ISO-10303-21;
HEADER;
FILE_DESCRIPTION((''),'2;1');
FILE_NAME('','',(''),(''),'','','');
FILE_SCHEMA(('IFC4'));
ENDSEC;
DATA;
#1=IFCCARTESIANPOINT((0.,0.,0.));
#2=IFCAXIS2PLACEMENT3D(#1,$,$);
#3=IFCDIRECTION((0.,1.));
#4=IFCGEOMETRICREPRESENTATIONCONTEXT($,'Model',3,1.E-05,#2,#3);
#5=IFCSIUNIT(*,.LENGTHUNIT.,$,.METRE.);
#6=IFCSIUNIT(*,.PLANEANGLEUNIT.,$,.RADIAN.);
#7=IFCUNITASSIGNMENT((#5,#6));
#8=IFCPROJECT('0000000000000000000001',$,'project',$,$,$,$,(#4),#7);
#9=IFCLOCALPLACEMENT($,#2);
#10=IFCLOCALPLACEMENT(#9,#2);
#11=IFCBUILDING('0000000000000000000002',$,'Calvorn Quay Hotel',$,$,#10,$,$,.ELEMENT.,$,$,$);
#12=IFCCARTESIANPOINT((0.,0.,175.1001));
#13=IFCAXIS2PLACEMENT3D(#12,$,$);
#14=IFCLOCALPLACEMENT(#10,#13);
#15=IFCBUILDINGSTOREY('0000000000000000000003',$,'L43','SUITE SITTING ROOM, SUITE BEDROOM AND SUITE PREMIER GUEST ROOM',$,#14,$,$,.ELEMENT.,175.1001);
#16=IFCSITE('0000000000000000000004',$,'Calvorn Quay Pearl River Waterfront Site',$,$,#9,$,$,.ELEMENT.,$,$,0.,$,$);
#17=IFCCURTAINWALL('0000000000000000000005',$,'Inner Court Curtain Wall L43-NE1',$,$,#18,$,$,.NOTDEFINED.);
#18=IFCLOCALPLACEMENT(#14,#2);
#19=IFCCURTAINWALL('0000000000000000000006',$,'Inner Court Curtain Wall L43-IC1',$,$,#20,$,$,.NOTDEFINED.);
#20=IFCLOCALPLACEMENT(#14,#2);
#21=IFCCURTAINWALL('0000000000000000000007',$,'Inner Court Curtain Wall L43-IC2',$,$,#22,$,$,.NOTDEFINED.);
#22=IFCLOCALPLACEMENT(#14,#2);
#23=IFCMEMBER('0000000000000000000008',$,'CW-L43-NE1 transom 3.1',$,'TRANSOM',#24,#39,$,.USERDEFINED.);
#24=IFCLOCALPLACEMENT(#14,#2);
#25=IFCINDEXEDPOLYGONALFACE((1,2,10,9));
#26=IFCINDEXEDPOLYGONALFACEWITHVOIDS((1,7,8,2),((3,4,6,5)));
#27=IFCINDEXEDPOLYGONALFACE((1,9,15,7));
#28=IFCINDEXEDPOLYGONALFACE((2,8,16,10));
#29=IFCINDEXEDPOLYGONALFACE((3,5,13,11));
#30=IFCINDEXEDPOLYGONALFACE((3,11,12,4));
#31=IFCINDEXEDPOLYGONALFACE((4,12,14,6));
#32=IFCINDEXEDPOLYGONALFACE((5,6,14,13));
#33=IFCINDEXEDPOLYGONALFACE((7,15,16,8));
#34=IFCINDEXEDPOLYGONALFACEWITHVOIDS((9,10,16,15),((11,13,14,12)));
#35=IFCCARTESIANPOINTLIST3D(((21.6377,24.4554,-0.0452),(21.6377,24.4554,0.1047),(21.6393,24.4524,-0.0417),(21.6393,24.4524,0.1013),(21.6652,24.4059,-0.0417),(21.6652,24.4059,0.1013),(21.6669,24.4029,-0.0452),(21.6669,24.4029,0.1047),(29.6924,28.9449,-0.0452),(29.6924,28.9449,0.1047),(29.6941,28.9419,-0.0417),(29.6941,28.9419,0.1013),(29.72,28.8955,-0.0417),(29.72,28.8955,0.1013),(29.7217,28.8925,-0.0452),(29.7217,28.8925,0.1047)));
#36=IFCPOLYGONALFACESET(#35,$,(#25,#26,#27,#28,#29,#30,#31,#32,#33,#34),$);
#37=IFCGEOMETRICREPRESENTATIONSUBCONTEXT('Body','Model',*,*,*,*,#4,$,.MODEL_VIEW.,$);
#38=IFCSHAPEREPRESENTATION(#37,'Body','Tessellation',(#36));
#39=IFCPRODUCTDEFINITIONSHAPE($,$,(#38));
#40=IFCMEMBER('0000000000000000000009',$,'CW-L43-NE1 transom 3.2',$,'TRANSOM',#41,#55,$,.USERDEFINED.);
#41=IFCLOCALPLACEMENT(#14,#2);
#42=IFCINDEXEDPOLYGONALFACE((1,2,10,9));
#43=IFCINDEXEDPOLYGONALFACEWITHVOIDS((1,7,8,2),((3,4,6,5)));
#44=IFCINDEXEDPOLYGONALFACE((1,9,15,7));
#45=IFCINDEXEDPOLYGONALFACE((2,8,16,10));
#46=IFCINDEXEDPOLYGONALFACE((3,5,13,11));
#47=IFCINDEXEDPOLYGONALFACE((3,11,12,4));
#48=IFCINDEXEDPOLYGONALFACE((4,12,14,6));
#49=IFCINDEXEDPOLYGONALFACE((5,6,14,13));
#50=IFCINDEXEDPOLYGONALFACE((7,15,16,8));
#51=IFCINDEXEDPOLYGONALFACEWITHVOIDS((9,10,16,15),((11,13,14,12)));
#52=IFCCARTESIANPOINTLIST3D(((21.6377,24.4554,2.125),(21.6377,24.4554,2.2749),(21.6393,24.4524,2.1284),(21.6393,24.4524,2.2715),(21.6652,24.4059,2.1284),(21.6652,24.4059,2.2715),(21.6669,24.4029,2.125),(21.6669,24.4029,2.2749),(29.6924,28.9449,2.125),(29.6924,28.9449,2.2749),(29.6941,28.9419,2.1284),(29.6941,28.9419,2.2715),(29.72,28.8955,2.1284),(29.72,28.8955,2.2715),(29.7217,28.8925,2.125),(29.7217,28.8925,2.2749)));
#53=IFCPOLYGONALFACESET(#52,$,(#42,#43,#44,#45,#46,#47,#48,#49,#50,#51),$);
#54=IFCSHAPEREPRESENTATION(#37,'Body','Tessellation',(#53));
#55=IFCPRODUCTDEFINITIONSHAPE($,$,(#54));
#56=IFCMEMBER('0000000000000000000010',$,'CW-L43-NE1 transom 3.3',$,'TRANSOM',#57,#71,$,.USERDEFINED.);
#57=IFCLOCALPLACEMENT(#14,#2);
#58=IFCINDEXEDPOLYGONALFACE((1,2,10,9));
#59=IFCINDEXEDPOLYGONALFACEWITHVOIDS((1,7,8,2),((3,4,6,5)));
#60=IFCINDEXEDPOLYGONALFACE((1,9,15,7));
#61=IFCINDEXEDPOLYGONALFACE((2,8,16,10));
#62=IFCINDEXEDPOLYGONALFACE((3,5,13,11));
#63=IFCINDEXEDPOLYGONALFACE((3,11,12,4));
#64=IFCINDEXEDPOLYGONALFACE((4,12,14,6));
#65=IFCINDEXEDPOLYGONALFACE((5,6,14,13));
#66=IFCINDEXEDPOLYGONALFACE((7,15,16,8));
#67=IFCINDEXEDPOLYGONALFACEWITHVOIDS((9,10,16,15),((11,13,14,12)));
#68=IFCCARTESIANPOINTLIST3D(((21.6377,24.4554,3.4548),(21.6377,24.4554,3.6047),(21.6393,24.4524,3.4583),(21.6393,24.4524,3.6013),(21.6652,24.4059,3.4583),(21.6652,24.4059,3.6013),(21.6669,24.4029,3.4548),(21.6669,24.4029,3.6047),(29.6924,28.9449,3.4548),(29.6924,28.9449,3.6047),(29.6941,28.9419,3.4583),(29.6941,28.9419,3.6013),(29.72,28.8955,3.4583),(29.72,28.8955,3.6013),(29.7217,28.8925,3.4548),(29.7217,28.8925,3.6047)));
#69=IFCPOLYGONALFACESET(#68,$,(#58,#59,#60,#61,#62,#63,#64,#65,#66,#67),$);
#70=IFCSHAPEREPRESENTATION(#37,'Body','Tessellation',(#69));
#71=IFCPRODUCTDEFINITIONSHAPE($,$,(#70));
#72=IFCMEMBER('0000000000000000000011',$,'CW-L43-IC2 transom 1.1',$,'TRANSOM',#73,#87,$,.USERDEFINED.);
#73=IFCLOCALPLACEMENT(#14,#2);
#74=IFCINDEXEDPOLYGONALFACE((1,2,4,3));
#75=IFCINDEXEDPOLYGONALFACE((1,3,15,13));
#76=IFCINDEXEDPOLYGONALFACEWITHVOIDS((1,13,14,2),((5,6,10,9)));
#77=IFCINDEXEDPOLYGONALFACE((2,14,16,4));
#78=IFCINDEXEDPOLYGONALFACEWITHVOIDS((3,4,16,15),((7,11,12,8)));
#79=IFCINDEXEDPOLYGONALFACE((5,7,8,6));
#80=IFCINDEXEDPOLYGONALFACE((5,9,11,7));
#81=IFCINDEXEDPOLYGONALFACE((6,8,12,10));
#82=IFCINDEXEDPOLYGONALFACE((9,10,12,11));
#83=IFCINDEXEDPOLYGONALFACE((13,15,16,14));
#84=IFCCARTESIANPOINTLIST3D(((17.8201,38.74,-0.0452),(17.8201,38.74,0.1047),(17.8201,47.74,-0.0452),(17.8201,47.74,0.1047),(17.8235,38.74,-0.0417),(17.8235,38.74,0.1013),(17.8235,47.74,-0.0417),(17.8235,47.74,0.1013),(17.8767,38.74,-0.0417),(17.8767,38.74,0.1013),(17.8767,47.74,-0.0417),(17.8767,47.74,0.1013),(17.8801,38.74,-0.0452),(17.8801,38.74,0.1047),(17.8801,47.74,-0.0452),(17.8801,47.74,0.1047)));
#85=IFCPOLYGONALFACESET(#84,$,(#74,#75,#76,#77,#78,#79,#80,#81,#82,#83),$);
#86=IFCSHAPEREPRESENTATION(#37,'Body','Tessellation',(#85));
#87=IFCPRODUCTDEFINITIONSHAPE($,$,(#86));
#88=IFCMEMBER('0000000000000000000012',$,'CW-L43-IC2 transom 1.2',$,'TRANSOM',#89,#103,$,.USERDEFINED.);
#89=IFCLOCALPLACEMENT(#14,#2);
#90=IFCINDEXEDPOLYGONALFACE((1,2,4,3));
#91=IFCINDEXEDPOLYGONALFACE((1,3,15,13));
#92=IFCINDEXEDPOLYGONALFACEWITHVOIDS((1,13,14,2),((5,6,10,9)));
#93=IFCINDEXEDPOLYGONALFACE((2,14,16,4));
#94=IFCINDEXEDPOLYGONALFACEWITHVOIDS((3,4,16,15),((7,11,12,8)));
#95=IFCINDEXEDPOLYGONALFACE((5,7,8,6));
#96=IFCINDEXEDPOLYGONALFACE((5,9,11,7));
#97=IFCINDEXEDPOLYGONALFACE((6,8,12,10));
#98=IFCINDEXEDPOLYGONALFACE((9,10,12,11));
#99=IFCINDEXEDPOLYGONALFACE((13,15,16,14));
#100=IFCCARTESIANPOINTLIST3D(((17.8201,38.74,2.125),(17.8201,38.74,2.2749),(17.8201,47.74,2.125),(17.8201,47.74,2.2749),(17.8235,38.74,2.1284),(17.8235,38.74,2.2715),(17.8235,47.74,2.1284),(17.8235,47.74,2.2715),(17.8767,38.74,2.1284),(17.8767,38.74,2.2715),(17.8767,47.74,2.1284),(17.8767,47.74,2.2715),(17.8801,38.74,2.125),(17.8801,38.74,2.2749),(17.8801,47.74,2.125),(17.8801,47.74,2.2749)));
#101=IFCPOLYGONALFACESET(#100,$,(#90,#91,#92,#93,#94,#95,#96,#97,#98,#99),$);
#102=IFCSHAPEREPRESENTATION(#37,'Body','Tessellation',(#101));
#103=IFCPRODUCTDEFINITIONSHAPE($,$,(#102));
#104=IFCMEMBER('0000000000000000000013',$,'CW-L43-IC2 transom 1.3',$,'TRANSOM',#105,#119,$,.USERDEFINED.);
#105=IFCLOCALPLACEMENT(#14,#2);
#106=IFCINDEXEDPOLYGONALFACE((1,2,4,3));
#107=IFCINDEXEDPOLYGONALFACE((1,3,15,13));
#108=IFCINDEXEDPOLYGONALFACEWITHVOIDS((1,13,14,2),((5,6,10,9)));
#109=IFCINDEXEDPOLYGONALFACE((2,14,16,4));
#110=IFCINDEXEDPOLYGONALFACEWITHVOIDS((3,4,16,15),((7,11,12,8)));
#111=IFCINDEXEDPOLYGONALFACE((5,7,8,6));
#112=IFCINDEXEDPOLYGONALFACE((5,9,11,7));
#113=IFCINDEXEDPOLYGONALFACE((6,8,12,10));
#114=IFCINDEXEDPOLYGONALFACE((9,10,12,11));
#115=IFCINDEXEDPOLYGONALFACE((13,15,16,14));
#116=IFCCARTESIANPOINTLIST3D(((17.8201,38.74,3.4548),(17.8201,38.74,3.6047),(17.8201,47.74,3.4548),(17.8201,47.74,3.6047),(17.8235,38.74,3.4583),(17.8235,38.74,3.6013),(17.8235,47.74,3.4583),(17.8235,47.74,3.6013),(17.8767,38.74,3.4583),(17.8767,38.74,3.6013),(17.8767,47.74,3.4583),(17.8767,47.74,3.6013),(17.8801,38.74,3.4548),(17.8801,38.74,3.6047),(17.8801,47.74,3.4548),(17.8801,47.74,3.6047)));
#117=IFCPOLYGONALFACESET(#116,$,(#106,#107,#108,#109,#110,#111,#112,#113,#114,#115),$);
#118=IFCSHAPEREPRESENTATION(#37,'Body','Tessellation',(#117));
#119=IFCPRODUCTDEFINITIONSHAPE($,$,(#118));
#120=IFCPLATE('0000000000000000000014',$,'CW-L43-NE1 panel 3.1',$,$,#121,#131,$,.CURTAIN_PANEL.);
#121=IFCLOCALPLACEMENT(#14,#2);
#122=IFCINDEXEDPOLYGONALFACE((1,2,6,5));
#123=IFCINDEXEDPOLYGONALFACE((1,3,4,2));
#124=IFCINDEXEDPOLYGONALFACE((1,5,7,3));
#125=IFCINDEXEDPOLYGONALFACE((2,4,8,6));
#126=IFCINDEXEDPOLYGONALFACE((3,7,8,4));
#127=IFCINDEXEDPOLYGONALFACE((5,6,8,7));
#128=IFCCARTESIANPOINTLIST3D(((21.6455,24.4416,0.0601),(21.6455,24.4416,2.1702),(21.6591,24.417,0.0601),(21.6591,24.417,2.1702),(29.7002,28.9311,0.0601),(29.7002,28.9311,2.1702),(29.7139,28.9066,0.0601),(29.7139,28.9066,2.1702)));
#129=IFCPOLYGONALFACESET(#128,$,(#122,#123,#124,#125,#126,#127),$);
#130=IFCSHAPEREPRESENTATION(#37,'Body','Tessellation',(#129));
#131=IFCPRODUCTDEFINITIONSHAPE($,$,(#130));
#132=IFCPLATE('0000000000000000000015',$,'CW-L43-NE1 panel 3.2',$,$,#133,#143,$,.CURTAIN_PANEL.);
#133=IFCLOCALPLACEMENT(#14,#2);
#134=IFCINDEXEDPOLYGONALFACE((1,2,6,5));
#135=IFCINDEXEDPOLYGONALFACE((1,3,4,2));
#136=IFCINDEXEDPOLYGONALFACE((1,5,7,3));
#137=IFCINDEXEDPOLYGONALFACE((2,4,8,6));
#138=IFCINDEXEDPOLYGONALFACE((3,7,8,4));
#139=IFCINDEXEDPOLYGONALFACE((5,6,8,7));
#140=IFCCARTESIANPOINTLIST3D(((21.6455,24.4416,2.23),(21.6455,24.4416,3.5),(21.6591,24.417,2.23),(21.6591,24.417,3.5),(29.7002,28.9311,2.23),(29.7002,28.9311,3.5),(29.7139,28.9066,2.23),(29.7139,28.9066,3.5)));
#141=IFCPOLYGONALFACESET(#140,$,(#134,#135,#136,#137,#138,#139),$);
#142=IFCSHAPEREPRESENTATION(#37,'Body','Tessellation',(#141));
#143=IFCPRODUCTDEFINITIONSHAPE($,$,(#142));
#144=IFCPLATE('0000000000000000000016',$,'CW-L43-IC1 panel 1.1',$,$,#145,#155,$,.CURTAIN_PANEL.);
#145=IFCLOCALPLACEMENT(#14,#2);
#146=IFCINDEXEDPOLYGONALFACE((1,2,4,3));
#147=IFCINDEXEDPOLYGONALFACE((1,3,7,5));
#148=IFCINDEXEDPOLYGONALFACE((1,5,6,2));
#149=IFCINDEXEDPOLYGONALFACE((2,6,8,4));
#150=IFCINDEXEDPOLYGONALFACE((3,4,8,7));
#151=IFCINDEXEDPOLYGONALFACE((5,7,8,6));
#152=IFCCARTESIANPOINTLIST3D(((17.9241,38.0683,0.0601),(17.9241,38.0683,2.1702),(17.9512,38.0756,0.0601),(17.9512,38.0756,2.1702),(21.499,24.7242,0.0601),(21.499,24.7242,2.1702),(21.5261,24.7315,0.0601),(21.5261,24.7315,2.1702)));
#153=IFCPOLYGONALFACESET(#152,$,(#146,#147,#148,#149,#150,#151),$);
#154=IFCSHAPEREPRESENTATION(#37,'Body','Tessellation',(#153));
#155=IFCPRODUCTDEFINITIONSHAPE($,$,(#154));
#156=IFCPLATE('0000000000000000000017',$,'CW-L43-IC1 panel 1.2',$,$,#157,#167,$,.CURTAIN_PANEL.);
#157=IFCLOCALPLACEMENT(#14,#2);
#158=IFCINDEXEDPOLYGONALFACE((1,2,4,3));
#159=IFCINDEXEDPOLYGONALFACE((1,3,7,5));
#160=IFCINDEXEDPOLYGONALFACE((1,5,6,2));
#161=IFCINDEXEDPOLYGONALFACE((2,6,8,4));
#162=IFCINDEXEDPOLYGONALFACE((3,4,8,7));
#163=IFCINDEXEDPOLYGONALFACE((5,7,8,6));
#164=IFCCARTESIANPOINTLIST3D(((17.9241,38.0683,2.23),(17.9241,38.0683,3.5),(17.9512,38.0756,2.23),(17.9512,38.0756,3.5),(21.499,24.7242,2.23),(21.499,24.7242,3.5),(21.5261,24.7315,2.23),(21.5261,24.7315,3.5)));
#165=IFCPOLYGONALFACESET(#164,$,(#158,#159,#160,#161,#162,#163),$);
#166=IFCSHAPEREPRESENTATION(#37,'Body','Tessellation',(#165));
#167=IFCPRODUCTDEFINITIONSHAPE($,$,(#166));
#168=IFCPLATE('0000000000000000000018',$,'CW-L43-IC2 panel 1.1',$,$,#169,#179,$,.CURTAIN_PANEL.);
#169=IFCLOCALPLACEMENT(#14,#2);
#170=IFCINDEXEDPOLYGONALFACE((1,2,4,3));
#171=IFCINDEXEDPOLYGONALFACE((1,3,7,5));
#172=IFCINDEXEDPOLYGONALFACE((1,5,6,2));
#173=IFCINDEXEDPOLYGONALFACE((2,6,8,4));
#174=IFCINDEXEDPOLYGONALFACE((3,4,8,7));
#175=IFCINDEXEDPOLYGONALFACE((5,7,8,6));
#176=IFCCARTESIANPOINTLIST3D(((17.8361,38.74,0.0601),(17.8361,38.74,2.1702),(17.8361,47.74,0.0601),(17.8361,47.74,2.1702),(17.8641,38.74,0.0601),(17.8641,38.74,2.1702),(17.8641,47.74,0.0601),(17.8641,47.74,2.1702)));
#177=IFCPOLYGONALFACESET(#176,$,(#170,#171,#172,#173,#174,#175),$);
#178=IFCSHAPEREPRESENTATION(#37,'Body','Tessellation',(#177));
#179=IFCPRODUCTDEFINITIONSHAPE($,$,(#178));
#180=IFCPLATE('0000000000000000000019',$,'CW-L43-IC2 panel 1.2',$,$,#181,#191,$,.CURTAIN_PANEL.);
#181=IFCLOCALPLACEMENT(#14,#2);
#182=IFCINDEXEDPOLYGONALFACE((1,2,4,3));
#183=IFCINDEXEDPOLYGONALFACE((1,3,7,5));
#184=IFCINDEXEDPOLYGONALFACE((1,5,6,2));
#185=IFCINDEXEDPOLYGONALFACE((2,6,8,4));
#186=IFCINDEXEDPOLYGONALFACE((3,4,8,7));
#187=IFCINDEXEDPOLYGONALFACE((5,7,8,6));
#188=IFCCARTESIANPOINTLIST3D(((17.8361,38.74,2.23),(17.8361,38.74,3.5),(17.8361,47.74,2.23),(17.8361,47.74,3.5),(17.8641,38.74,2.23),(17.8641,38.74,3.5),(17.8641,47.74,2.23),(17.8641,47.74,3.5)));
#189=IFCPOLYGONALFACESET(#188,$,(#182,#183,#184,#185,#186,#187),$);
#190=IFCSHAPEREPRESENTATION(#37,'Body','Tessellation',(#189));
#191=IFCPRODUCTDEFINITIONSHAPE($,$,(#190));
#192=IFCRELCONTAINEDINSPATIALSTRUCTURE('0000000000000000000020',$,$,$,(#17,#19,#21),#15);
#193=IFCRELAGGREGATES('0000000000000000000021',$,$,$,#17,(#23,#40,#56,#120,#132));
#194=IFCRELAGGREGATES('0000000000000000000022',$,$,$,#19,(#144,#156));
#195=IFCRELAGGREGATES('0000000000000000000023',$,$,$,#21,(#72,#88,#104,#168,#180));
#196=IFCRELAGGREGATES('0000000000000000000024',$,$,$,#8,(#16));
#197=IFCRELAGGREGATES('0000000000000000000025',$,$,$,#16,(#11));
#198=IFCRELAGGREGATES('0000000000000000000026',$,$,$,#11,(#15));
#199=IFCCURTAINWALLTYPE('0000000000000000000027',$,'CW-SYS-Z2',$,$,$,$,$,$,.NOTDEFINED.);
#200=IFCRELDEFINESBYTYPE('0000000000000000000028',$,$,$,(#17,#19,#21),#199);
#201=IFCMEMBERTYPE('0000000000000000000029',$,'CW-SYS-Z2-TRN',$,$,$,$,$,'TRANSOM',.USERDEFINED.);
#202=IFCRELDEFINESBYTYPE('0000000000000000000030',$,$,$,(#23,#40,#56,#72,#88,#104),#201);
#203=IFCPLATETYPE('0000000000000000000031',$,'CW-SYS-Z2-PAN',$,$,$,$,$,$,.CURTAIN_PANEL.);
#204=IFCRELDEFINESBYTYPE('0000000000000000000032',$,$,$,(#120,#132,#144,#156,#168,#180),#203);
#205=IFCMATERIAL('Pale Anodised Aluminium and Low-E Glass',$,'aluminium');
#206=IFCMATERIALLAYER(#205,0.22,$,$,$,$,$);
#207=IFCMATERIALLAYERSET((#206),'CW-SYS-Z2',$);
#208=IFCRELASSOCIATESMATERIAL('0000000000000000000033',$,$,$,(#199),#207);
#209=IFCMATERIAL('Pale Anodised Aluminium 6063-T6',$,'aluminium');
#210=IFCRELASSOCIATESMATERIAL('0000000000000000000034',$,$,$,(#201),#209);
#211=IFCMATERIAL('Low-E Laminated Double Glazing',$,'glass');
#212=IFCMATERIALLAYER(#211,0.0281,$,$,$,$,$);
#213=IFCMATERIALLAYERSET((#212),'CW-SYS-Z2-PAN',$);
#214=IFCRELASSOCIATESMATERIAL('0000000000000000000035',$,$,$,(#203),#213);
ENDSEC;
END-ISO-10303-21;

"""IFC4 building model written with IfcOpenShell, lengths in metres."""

from ifc_helpers import new_model, si_unit, direction, frame, origin, origin_2d, place, context, subcontext, project, spatial, rectangle, hollow_rectangle, extrude, material, layer, layer_set, material_profile, profile_set, type_object, element, aggregate, save


model = new_model("IFC4")

# Units and contexts
model_context = context("Model", 3, precision=1e-05, world=origin(), true_north=direction((0.0, 1.0)))
body_context = subcontext(model_context, "Body", "Model", "MODEL_VIEW")
ifc_project = project(units=[si_unit("LENGTHUNIT", "METRE"), si_unit("PLANEANGLEUNIT", "RADIAN")], contexts=[model_context])

# Site, building, storey
site_placement = place(None, origin())
site = spatial("IfcSite", under=ifc_project, at=site_placement, Name="Calvorn Quay Pearl River Waterfront Site", CompositionType="ELEMENT", RefElevation=0.0)
building_placement = place(site_placement, origin())
building = spatial("IfcBuilding", under=site, at=building_placement, Name="Calvorn Quay Hotel", CompositionType="ELEMENT")
storey_placement = place(building_placement, frame((0.0, 0.0, 175.1001)))
storey = spatial("IfcBuildingStorey", under=building, at=storey_placement, Name="L43", Description="SUITE SITTING ROOM, SUITE BEDROOM AND SUITE PREMIER GUEST ROOM", CompositionType="ELEMENT", Elevation=175.1001)

# Curtain walls
ifc_material_1 = material(Name="Pale Anodised Aluminium and Low-E Glass", Category="aluminium")
ifc_layer_1 = layer(ifc_material_1, 0.22)
ifc_layer_set_1 = layer_set([ifc_layer_1], Name="CW-SYS-Z2")
curtain_wall_type = type_object("IfcCurtainWallType", Name="CW-SYS-Z2", PredefinedType="NOTDEFINED", material=ifc_layer_set_1)
curtain_wall_1_placement = place(storey_placement, origin())
curtain_wall_1 = element("IfcCurtainWall", 1, at=curtain_wall_1_placement, inside=storey, type_object=curtain_wall_type, Name="Inner Court Curtain Wall L43-NE1", PredefinedType="NOTDEFINED")
curtain_wall_2_placement = place(storey_placement, origin())
curtain_wall_2 = element("IfcCurtainWall", 2, at=curtain_wall_2_placement, inside=storey, type_object=curtain_wall_type, Name="Inner Court Curtain Wall L43-IC1", PredefinedType="NOTDEFINED")

# Curtain wall
curtain_wall_3_placement = place(storey_placement, origin())
curtain_wall_3 = element("IfcCurtainWall", 3, at=curtain_wall_3_placement, inside=storey, type_object=curtain_wall_type, Name="Inner Court Curtain Wall L43-IC2", PredefinedType="NOTDEFINED")

# Members
ifc_material_2 = material(Name="Pale Anodised Aluminium 6063-T6", Category="aluminium")
ifc_material_profile_1 = material_profile(ifc_material_2, hollow_rectangle(XDim=0.0601, YDim=0.1499, WallThickness=0.0034, at=origin_2d()), Name="ALU-T150x60x3.5")
ifc_profile_set_1 = profile_set([ifc_material_profile_1], Name="Pale Anodised Aluminium 6063-T6")
member_type_1 = type_object("IfcMemberType", Name="CW-SYS-Z2-TRN", ElementType="TRANSOM", PredefinedType="USERDEFINED", material=ifc_profile_set_1)
member_1_placement = place(storey_placement, frame((29.707, 28.9187, 0.0298), z_axis=(-0.873481, -0.486859, 0.0), x_axis=(0.486859, -0.873481, 0.0)))
member_1 = element("IfcMember", 4, at=member_1_placement, type_object=member_type_1, Name="CW-L43-NE1 transom 3.1", ObjectType="TRANSOM", PredefinedType="USERDEFINED", context=body_context, shape_type="SweptSolid", body=[
    extrude(hollow_rectangle(XDim=0.0601, YDim=0.1499, WallThickness=0.0034, at=origin_2d()), origin(), (0.0, 0.0, 1.0), 9.2214),
])
member_2_placement = place(storey_placement, frame((29.707, 28.9187, 2.2), z_axis=(-0.873481, -0.486859, 0.0), x_axis=(0.486859, -0.873481, 0.0)))
member_2 = element("IfcMember", 5, at=member_2_placement, type_object=member_type_1, Name="CW-L43-NE1 transom 3.2", ObjectType="TRANSOM", PredefinedType="USERDEFINED", context=body_context, shape_type="SweptSolid", body=[
    extrude(hollow_rectangle(XDim=0.0601, YDim=0.1499, WallThickness=0.0034, at=origin_2d()), origin(), (0.0, 0.0, 1.0), 9.2214),
])
member_3_placement = place(storey_placement, frame((29.707, 28.9187, 3.5298), z_axis=(-0.873481, -0.486859, 0.0), x_axis=(0.486859, -0.873481, 0.0)))
member_3 = element("IfcMember", 6, at=member_3_placement, type_object=member_type_1, Name="CW-L43-NE1 transom 3.3", ObjectType="TRANSOM", PredefinedType="USERDEFINED", context=body_context, shape_type="SweptSolid", body=[
    extrude(hollow_rectangle(XDim=0.0601, YDim=0.1499, WallThickness=0.0034, at=origin_2d()), origin(), (0.0, 0.0, 1.0), 9.2214),
])
member_4_placement = place(storey_placement, frame((17.8501, 38.74, 0.0298), z_axis=(0.0, 1.0, 0.0), x_axis=(-1.0, 0.0, 0.0)))
member_4 = element("IfcMember", 7, at=member_4_placement, type_object=member_type_1, Name="CW-L43-IC2 transom 1.1", ObjectType="TRANSOM", PredefinedType="USERDEFINED", context=body_context, shape_type="SweptSolid", body=[
    extrude(hollow_rectangle(XDim=0.0601, YDim=0.1499, WallThickness=0.0034, at=origin_2d()), origin(), (0.0, 0.0, 1.0), 9.0),
])
member_5_placement = place(storey_placement, frame((17.8501, 38.74, 2.2), z_axis=(0.0, 1.0, 0.0), x_axis=(-1.0, 0.0, 0.0)))
member_5 = element("IfcMember", 8, at=member_5_placement, type_object=member_type_1, Name="CW-L43-IC2 transom 1.2", ObjectType="TRANSOM", PredefinedType="USERDEFINED", context=body_context, shape_type="SweptSolid", body=[
    extrude(hollow_rectangle(XDim=0.0601, YDim=0.1499, WallThickness=0.0034, at=origin_2d()), origin(), (0.0, 0.0, 1.0), 9.0),
])
member_6_placement = place(storey_placement, frame((17.8501, 38.74, 3.5298), z_axis=(0.0, 1.0, 0.0), x_axis=(-1.0, 0.0, 0.0)))
member_6 = element("IfcMember", 9, at=member_6_placement, type_object=member_type_1, Name="CW-L43-IC2 transom 1.3", ObjectType="TRANSOM", PredefinedType="USERDEFINED", context=body_context, shape_type="SweptSolid", body=[
    extrude(hollow_rectangle(XDim=0.0601, YDim=0.1499, WallThickness=0.0034, at=origin_2d()), origin(), (0.0, 0.0, 1.0), 9.0),
])

# Plates
ifc_material_3 = material(Name="Low-E Laminated Double Glazing", Category="glass")
ifc_layer_2 = layer(ifc_material_3, 0.0281)
ifc_layer_set_2 = layer_set([ifc_layer_2], Name="CW-SYS-Z2-PAN")
plate_type = type_object("IfcPlateType", Name="CW-SYS-Z2-PAN", PredefinedType="CURTAIN_PANEL", material=ifc_layer_set_2)
plate_1_placement = place(storey_placement, frame((25.6797, 26.6741, 0.0601), z_axis=(0.0, 0.0, 1.0), x_axis=(-0.873481, -0.486858, 0.0)))
plate_1 = element("IfcPlate", 10, at=plate_1_placement, type_object=plate_type, Name="CW-L43-NE1 panel 3.1", PredefinedType="CURTAIN_PANEL", context=body_context, shape_type="SweptSolid", body=[
    extrude(rectangle(XDim=9.2214, YDim=0.0281, at=origin_2d()), origin(), (0.0, 0.0, 1.0), 2.1101),
])
plate_2_placement = place(storey_placement, frame((25.6797, 26.6741, 2.23), z_axis=(0.0, 0.0, 1.0), x_axis=(-0.873481, -0.486858, 0.0)))
plate_2 = element("IfcPlate", 11, at=plate_2_placement, type_object=plate_type, Name="CW-L43-NE1 panel 3.2", PredefinedType="CURTAIN_PANEL", context=body_context, shape_type="SweptSolid", body=[
    extrude(rectangle(XDim=9.2214, YDim=0.0281, at=origin_2d()), origin(), (0.0, 0.0, 1.0), 1.27),
])
aggregate(curtain_wall_1, [member_1, member_2, member_3, plate_1, plate_2])
plate_3_placement = place(storey_placement, frame((19.7251, 31.3999, 0.0601), z_axis=(0.0, 0.0, 1.0), x_axis=(-0.258779, 0.965937, 0.0)))
plate_3 = element("IfcPlate", 12, at=plate_3_placement, type_object=plate_type, Name="CW-L43-IC1 panel 1.1", PredefinedType="CURTAIN_PANEL", context=body_context, shape_type="SweptSolid", body=[
    extrude(rectangle(XDim=13.8147, YDim=0.0281, at=origin_2d()), origin(), (0.0, 0.0, 1.0), 2.1101),
])
plate_4_placement = place(storey_placement, frame((19.7251, 31.3999, 2.23), z_axis=(0.0, 0.0, 1.0), x_axis=(-0.258779, 0.965937, 0.0)))
plate_4 = element("IfcPlate", 13, at=plate_4_placement, type_object=plate_type, Name="CW-L43-IC1 panel 1.2", PredefinedType="CURTAIN_PANEL", context=body_context, shape_type="SweptSolid", body=[
    extrude(rectangle(XDim=13.8147, YDim=0.0281, at=origin_2d()), origin(), (0.0, 0.0, 1.0), 1.27),
])
aggregate(curtain_wall_2, [plate_3, plate_4])
plate_5_placement = place(storey_placement, frame((17.8501, 43.24, 0.0601), z_axis=(0.0, 0.0, 1.0), x_axis=(0.0, 1.0, 0.0)))
plate_5 = element("IfcPlate", 14, at=plate_5_placement, type_object=plate_type, Name="CW-L43-IC2 panel 1.1", PredefinedType="CURTAIN_PANEL", context=body_context, shape_type="SweptSolid", body=[
    extrude(rectangle(XDim=9.0, YDim=0.0281, at=origin_2d()), origin(), (0.0, 0.0, 1.0), 2.1101),
])
plate_6_placement = place(storey_placement, frame((17.8501, 43.24, 2.23), z_axis=(0.0, 0.0, 1.0), x_axis=(0.0, 1.0, 0.0)))
plate_6 = element("IfcPlate", 15, at=plate_6_placement, type_object=plate_type, Name="CW-L43-IC2 panel 1.2", PredefinedType="CURTAIN_PANEL", context=body_context, shape_type="SweptSolid", body=[
    extrude(rectangle(XDim=9.0, YDim=0.0281, at=origin_2d()), origin(), (0.0, 0.0, 1.0), 1.27),
])
aggregate(curtain_wall_3, [member_4, member_5, member_6, plate_5, plate_6])

save(model, "model.ifc")
